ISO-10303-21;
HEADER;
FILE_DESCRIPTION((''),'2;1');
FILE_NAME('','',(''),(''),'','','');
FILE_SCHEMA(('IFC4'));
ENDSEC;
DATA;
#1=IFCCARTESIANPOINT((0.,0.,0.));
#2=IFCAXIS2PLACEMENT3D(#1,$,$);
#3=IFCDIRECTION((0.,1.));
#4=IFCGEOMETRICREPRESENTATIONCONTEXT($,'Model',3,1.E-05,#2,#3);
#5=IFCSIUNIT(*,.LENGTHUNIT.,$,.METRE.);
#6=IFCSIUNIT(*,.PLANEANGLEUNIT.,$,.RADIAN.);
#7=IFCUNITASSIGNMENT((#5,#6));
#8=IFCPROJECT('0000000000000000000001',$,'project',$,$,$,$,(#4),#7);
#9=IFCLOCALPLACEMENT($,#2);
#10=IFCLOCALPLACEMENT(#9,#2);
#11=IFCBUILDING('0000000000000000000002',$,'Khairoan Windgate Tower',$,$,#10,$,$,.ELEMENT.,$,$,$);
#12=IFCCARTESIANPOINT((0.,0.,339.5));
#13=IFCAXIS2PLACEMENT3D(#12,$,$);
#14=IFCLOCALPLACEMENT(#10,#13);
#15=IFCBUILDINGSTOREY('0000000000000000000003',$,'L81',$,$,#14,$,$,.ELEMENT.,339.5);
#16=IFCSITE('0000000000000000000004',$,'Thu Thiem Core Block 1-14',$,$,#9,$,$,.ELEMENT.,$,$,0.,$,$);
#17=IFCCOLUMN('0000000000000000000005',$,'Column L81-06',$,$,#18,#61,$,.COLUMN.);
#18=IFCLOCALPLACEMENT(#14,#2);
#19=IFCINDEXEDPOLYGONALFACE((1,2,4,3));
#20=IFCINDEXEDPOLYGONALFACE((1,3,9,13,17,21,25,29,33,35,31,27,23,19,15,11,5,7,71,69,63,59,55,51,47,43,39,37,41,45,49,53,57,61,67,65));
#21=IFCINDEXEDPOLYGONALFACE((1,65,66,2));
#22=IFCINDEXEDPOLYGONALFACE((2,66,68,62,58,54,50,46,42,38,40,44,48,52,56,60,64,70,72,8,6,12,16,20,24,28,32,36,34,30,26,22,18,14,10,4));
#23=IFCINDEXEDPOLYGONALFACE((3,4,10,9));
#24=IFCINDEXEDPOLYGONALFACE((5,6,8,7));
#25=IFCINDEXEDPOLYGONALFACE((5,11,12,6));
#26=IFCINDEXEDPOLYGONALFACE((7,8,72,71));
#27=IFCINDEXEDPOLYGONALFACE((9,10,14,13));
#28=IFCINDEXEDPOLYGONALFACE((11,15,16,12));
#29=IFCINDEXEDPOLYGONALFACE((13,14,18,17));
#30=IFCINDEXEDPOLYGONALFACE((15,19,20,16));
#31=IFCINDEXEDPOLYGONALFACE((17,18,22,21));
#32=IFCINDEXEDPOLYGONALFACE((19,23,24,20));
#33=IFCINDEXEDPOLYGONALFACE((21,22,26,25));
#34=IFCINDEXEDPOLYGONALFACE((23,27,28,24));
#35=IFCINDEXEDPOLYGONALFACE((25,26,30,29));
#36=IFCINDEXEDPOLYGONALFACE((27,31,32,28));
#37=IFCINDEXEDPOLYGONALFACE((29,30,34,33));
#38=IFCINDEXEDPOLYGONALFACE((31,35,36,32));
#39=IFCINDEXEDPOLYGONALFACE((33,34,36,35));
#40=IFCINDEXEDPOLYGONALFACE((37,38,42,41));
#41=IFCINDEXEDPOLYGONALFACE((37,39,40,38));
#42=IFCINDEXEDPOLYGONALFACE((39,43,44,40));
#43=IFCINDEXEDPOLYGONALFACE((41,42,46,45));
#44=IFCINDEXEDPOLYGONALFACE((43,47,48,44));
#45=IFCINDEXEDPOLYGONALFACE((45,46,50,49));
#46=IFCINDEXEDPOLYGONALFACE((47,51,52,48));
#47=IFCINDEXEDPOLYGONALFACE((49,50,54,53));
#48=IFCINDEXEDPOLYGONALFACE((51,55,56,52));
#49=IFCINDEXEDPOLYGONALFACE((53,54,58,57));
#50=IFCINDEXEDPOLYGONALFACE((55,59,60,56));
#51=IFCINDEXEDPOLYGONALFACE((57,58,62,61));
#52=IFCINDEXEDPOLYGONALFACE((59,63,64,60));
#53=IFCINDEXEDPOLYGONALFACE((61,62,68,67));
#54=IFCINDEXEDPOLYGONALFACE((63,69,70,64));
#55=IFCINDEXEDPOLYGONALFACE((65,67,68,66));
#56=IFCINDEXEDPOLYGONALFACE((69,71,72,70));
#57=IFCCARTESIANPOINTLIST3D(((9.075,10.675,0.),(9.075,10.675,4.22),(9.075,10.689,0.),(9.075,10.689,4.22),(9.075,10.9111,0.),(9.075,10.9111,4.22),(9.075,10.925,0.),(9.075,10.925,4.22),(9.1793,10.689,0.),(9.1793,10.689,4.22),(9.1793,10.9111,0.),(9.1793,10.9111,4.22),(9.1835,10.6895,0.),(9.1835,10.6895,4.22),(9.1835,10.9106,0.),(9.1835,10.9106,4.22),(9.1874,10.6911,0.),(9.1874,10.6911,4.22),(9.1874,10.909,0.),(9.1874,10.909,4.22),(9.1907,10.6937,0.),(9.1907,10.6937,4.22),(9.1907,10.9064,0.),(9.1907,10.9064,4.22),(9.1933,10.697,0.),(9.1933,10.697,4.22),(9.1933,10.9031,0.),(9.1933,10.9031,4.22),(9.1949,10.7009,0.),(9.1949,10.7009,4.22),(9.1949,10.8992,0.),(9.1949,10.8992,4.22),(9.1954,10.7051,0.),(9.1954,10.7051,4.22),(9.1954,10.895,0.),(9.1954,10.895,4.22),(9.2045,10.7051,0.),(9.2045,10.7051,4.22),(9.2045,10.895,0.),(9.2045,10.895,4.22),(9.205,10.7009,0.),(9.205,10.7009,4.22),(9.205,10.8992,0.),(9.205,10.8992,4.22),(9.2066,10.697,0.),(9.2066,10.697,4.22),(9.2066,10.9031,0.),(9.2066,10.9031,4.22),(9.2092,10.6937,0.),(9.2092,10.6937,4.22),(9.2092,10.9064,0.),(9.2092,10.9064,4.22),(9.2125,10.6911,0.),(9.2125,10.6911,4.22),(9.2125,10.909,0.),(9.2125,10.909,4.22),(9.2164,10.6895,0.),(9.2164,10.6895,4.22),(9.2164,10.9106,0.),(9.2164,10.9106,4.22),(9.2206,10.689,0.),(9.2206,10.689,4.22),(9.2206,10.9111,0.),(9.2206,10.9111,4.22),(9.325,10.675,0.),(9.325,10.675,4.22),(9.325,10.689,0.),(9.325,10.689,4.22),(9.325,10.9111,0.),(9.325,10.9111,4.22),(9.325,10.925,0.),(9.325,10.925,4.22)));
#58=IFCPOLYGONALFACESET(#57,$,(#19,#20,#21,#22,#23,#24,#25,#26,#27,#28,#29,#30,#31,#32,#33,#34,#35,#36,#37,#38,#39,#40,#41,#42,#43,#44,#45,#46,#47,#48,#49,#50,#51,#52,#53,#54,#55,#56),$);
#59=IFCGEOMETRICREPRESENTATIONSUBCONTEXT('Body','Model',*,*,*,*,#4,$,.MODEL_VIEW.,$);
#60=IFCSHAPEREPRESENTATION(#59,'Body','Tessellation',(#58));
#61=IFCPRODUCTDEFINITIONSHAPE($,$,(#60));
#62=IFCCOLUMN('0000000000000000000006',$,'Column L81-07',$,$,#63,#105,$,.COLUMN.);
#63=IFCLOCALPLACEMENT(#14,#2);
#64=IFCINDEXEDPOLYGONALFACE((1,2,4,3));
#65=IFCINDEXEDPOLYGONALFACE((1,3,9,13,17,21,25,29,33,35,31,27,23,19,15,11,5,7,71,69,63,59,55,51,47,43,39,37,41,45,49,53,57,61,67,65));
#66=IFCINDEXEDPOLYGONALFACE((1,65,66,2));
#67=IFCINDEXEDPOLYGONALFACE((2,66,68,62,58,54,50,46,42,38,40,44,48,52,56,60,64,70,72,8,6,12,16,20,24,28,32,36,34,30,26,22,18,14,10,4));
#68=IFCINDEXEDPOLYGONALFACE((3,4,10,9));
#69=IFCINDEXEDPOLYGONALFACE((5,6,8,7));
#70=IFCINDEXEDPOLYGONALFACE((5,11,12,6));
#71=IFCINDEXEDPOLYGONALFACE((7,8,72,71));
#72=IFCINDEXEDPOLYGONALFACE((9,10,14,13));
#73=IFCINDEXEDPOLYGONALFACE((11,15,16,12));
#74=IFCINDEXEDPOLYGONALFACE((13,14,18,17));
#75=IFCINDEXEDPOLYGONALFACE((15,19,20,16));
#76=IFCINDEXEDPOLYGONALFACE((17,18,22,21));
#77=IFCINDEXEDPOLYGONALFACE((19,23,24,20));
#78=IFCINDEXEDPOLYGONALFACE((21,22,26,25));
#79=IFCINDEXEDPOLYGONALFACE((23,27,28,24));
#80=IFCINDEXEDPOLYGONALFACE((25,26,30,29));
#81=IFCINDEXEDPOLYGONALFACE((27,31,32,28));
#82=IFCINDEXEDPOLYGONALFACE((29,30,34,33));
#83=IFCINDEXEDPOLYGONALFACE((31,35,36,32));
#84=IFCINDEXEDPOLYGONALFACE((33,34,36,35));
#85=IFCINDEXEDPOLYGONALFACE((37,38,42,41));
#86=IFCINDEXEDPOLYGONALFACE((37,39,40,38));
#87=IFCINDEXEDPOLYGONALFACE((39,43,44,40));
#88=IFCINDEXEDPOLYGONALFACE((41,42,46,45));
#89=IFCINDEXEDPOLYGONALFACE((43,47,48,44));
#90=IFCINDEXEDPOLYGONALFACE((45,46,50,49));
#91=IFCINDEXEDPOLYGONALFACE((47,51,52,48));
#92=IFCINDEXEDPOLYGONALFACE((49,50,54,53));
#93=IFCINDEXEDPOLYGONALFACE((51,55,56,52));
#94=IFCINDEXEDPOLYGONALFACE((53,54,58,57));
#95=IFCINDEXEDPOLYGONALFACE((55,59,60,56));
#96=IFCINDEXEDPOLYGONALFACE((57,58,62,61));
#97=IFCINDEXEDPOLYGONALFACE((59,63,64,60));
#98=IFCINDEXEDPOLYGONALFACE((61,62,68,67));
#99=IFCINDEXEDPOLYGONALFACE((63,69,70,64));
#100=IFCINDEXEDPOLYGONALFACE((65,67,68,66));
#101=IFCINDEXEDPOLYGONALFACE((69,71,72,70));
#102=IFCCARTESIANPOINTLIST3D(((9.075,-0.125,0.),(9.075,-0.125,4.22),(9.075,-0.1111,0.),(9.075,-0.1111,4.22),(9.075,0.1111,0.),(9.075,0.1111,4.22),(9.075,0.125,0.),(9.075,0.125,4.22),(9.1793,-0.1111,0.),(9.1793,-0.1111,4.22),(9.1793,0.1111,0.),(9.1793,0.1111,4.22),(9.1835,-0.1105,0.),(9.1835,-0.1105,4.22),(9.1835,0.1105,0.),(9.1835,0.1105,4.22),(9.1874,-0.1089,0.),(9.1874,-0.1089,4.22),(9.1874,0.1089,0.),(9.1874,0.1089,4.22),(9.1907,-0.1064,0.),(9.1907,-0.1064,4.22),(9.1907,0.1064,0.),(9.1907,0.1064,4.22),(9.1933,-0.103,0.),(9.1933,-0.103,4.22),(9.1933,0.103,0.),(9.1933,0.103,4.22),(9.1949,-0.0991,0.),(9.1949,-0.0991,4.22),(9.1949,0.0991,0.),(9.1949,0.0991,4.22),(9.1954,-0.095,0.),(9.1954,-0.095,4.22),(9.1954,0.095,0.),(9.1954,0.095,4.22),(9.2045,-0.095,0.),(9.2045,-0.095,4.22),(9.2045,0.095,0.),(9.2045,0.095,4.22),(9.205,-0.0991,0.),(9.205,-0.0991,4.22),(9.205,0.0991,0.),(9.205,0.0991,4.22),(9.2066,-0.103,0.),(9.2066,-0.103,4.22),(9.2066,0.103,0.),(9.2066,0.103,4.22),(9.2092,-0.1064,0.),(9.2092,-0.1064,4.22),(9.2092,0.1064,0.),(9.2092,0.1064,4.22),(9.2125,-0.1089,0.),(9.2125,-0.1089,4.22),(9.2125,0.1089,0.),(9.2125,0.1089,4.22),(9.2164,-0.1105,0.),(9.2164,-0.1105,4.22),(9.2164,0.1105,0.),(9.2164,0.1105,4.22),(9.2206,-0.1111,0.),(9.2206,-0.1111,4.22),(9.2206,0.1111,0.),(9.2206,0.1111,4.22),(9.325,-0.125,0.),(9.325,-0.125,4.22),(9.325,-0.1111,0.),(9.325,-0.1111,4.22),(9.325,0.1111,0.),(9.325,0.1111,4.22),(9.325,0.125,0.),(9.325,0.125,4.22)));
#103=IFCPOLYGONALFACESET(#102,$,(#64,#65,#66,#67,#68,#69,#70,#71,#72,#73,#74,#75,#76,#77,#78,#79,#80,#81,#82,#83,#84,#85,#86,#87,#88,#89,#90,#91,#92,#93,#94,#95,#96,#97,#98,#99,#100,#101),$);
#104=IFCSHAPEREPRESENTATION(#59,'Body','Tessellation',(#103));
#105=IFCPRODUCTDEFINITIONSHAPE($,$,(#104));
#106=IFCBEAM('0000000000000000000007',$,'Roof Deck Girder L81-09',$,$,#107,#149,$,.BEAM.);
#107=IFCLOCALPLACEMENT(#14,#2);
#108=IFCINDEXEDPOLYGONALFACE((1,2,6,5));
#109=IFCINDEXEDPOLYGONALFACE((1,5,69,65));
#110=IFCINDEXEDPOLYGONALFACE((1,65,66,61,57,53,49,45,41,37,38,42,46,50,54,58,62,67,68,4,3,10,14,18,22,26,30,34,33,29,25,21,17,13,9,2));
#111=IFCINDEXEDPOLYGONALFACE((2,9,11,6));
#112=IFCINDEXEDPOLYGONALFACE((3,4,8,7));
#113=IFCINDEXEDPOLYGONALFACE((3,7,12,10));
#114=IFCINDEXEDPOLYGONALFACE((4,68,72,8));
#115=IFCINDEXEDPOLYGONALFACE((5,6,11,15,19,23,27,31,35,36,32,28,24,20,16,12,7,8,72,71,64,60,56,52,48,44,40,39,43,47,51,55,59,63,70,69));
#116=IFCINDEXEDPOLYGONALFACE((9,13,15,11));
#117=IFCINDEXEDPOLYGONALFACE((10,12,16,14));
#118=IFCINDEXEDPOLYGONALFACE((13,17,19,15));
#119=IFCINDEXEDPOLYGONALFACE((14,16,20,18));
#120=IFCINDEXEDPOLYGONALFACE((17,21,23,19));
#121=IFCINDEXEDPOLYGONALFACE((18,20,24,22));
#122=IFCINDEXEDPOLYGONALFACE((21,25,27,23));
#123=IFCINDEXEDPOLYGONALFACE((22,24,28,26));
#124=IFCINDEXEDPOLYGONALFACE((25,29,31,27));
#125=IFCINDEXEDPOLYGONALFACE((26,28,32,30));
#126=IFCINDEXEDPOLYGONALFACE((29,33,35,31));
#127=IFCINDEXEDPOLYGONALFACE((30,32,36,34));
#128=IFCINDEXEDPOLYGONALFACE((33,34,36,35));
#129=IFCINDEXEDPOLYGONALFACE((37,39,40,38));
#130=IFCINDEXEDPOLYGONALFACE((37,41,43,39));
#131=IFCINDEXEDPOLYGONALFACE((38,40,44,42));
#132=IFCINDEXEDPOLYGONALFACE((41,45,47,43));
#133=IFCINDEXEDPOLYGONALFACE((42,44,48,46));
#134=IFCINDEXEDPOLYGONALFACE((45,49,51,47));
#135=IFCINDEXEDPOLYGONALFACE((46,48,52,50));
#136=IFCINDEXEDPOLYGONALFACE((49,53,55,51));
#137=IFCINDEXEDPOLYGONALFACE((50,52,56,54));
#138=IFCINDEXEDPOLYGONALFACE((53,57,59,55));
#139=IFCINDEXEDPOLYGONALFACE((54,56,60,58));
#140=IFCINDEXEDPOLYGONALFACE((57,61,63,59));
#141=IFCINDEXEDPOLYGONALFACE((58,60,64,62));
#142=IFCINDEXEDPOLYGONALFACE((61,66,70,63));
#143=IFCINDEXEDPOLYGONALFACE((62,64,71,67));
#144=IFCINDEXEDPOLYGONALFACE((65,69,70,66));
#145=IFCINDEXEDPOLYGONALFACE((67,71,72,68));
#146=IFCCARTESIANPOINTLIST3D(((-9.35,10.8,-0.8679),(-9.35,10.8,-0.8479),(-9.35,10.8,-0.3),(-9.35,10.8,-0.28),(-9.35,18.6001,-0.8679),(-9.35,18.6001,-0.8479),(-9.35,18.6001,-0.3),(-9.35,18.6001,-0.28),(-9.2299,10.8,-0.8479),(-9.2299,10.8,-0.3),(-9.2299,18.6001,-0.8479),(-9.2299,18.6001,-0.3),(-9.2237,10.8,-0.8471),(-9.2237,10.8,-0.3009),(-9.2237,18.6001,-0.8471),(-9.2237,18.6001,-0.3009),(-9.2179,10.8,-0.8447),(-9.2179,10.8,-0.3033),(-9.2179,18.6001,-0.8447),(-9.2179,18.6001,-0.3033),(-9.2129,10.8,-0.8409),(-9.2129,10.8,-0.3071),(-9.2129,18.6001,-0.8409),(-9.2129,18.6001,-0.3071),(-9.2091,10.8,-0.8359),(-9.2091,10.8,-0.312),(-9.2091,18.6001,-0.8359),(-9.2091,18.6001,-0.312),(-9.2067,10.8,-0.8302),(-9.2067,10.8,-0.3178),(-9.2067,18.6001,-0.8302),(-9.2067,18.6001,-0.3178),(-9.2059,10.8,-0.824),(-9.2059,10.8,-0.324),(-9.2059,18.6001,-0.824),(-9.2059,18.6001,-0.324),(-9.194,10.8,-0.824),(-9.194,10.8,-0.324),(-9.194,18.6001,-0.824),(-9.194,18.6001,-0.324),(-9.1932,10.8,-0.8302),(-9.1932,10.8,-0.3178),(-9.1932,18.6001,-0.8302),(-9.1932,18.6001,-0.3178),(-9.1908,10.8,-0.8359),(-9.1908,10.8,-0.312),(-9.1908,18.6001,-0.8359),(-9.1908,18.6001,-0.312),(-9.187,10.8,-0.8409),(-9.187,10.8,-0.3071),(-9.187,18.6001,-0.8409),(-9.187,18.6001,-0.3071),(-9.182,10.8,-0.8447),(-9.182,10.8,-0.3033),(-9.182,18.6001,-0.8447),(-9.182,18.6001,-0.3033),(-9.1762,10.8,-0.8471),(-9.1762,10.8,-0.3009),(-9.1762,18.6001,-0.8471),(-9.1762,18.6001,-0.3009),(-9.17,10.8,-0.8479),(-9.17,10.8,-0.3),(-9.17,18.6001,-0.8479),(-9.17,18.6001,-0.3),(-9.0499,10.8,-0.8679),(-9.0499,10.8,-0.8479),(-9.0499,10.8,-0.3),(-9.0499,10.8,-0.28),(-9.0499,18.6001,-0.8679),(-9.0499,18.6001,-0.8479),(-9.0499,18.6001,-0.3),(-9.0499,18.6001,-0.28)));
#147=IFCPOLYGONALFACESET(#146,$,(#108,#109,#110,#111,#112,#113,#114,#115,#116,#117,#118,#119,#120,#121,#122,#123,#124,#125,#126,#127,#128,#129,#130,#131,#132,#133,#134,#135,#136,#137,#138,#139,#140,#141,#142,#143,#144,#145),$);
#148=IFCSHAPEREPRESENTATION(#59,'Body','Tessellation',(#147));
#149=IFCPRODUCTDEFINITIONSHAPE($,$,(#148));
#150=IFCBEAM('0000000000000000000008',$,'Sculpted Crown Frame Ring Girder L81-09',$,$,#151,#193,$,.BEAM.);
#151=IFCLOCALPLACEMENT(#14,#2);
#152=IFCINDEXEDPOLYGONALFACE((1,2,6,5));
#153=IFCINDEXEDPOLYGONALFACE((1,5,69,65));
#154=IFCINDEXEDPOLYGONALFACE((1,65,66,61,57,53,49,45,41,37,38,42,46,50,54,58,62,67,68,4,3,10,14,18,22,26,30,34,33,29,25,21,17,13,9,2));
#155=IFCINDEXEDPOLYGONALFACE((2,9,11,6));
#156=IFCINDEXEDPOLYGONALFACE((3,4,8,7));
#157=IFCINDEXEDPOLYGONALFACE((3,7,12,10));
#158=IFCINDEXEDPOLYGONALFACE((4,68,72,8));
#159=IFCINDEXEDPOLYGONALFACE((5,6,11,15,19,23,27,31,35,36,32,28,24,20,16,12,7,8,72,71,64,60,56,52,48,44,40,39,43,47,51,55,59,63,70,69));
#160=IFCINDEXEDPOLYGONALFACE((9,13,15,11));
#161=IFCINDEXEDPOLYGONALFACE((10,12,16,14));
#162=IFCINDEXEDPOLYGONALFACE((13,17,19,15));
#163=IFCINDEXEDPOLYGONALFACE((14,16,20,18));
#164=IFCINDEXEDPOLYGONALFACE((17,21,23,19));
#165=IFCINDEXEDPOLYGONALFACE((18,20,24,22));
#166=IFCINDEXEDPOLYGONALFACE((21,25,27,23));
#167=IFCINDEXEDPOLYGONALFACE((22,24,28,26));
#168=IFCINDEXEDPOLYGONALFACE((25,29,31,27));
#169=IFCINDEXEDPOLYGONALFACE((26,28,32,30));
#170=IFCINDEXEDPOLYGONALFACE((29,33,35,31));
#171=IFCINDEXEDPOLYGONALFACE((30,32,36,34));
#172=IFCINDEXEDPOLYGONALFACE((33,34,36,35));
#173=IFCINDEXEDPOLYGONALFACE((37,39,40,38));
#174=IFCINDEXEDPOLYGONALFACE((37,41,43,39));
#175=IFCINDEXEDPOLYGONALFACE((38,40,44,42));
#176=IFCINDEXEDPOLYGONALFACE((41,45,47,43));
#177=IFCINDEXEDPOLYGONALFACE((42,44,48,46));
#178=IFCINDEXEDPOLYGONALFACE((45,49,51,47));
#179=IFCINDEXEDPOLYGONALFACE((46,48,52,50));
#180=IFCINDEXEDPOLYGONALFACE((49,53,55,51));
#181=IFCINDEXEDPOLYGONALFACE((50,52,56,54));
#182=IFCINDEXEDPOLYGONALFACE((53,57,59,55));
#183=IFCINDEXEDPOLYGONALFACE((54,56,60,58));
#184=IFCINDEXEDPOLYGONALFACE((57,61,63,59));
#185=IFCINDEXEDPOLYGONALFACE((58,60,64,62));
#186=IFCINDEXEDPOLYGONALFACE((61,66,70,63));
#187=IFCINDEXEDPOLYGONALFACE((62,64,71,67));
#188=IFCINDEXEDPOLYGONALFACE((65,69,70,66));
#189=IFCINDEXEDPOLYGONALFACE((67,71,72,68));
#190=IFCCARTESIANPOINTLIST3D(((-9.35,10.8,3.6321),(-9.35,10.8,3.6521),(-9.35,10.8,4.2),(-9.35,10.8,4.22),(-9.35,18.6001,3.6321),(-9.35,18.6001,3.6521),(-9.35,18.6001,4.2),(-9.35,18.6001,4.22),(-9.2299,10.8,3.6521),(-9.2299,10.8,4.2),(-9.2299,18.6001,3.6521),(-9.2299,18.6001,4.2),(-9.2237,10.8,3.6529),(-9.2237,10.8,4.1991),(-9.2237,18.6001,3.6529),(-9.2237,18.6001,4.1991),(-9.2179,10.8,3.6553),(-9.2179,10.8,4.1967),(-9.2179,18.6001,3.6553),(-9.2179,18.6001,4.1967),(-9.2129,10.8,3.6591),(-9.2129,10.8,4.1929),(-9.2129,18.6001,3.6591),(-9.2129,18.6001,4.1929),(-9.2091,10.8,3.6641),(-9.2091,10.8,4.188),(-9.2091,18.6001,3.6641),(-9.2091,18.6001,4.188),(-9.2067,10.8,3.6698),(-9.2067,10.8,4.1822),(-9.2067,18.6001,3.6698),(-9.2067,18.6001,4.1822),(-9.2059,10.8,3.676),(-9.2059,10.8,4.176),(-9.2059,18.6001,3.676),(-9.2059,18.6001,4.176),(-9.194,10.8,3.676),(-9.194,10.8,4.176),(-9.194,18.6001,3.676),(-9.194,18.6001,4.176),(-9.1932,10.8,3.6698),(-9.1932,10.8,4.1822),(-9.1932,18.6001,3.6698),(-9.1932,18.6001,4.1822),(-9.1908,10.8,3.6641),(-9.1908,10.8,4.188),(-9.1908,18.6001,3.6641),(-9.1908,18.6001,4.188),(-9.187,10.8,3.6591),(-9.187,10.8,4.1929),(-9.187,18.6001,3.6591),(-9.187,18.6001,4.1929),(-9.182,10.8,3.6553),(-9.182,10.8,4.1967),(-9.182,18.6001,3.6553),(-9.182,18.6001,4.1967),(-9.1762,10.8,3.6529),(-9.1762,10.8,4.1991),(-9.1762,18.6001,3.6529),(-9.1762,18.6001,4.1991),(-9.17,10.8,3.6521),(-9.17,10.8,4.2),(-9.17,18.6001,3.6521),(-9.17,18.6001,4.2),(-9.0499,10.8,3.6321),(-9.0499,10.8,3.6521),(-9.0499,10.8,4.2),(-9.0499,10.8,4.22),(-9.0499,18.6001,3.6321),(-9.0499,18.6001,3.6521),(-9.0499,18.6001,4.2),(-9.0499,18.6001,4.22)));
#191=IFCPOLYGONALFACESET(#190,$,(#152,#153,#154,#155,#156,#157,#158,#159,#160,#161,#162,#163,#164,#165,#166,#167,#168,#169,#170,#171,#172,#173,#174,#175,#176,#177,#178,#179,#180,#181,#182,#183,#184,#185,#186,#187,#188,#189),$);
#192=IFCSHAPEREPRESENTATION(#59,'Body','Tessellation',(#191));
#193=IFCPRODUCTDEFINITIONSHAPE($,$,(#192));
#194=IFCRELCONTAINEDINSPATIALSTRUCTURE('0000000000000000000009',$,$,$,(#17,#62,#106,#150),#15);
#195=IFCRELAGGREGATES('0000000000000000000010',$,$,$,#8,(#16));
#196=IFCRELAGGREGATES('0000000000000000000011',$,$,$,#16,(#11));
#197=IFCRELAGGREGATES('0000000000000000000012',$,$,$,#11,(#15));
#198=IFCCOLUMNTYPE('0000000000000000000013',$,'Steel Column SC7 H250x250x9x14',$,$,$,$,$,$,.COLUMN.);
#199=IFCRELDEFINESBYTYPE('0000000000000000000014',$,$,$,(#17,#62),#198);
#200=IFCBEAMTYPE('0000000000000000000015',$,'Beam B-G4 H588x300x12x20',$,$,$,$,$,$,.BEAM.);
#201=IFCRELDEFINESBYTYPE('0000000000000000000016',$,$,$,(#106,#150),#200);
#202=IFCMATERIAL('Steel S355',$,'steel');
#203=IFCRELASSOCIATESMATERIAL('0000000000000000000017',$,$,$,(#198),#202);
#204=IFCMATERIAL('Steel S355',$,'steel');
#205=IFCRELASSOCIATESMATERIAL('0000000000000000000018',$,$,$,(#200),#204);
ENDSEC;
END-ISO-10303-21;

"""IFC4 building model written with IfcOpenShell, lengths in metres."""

from ifc_helpers import new_model, si_unit, direction, frame, origin, origin_2d, place, context, subcontext, project, spatial, i_section, extrude, material, material_profile, profile_set, type_object, element, save


model = new_model("IFC4")

# Units and contexts
model_context = context("Model", 3, precision=1e-05, world=origin(), true_north=direction((0.0, 1.0)))
body_context = subcontext(model_context, "Body", "Model", "MODEL_VIEW")
ifc_project = project(units=[si_unit("LENGTHUNIT", "METRE"), si_unit("PLANEANGLEUNIT", "RADIAN")], contexts=[model_context])

# Site, building, storey
site_placement = place(None, origin())
site = spatial("IfcSite", under=ifc_project, at=site_placement, Name="Thu Thiem Core Block 1-14", CompositionType="ELEMENT", RefElevation=0.0)
building_placement = place(site_placement, origin())
building = spatial("IfcBuilding", under=site, at=building_placement, Name="Khairoan Windgate Tower", CompositionType="ELEMENT")
storey_placement = place(building_placement, frame((0.0, 0.0, 339.5)))
storey = spatial("IfcBuildingStorey", under=building, at=storey_placement, Name="L81", CompositionType="ELEMENT", Elevation=339.5)

# Columns
ifc_material_1 = material(Name="Steel S355", Category="steel")
ifc_material_profile_1 = material_profile(ifc_material_1, i_section(OverallWidth=0.25, OverallDepth=0.25, WebThickness=0.009, FlangeThickness=0.0139, FilletRadius=0.0161, at=origin_2d()))
ifc_profile_set_1 = profile_set([ifc_material_profile_1], Name="Steel S355")
column_type = type_object("IfcColumnType", Name="Steel Column SC7 H250x250x9x14", PredefinedType="COLUMN", material=ifc_profile_set_1)
for number, where, z_axis, x_axis, name in (
    (1, (9.2, 10.8, 0.0), (0.0, 0.0, 1.0), (1.0, 0.0, 0.0), "Column L81-06"),
    (2, (9.2, 0.0, 0.0), (0.0, 0.0, 1.0), (1.0, 0.0, 0.0), "Column L81-07"),
):
    element("IfcColumn", number, at=place(storey_placement, frame(where, z_axis=z_axis, x_axis=x_axis)), inside=storey, type_object=column_type, Name=name, PredefinedType="COLUMN", context=body_context, shape_type="SweptSolid", body=[
        extrude(i_section(OverallWidth=0.25, OverallDepth=0.25, WebThickness=0.009, FlangeThickness=0.0139, FilletRadius=0.0161, at=origin_2d()), origin(), (0.0, 0.0, 1.0), 4.22),
    ])

# Beams
ifc_material_2 = material(Name="Steel S355", Category="steel")
ifc_material_profile_2 = material_profile(ifc_material_2, i_section(OverallWidth=0.3, OverallDepth=0.5879, WebThickness=0.012, FlangeThickness=0.02, FilletRadius=0.0239, at=origin_2d()))
ifc_profile_set_2 = profile_set([ifc_material_profile_2], Name="Steel S355")
beam_type = type_object("IfcBeamType", Name="Beam B-G4 H588x300x12x20", PredefinedType="BEAM", material=ifc_profile_set_2)
for number, where, z_axis, x_axis, name in (
    (3, (-9.2, 10.8, -0.574), (0.0, 1.0, 0.0), (-1.0, 0.0, 0.0), "Roof Deck Girder L81-09"),
    (4, (-9.2, 10.8, 3.926), (0.0, 1.0, 0.0), (-1.0, 0.0, 0.0), "Sculpted Crown Frame Ring Girder L81-09"),
):
    element("IfcBeam", number, at=place(storey_placement, frame(where, z_axis=z_axis, x_axis=x_axis)), inside=storey, type_object=beam_type, Name=name, PredefinedType="BEAM", context=body_context, shape_type="SweptSolid", body=[
        extrude(i_section(OverallWidth=0.3, OverallDepth=0.5879, WebThickness=0.012, FlangeThickness=0.02, FilletRadius=0.0239, at=origin_2d()), origin(), (0.0, 0.0, 1.0), 7.8),
    ])

save(model, "model.ifc")
